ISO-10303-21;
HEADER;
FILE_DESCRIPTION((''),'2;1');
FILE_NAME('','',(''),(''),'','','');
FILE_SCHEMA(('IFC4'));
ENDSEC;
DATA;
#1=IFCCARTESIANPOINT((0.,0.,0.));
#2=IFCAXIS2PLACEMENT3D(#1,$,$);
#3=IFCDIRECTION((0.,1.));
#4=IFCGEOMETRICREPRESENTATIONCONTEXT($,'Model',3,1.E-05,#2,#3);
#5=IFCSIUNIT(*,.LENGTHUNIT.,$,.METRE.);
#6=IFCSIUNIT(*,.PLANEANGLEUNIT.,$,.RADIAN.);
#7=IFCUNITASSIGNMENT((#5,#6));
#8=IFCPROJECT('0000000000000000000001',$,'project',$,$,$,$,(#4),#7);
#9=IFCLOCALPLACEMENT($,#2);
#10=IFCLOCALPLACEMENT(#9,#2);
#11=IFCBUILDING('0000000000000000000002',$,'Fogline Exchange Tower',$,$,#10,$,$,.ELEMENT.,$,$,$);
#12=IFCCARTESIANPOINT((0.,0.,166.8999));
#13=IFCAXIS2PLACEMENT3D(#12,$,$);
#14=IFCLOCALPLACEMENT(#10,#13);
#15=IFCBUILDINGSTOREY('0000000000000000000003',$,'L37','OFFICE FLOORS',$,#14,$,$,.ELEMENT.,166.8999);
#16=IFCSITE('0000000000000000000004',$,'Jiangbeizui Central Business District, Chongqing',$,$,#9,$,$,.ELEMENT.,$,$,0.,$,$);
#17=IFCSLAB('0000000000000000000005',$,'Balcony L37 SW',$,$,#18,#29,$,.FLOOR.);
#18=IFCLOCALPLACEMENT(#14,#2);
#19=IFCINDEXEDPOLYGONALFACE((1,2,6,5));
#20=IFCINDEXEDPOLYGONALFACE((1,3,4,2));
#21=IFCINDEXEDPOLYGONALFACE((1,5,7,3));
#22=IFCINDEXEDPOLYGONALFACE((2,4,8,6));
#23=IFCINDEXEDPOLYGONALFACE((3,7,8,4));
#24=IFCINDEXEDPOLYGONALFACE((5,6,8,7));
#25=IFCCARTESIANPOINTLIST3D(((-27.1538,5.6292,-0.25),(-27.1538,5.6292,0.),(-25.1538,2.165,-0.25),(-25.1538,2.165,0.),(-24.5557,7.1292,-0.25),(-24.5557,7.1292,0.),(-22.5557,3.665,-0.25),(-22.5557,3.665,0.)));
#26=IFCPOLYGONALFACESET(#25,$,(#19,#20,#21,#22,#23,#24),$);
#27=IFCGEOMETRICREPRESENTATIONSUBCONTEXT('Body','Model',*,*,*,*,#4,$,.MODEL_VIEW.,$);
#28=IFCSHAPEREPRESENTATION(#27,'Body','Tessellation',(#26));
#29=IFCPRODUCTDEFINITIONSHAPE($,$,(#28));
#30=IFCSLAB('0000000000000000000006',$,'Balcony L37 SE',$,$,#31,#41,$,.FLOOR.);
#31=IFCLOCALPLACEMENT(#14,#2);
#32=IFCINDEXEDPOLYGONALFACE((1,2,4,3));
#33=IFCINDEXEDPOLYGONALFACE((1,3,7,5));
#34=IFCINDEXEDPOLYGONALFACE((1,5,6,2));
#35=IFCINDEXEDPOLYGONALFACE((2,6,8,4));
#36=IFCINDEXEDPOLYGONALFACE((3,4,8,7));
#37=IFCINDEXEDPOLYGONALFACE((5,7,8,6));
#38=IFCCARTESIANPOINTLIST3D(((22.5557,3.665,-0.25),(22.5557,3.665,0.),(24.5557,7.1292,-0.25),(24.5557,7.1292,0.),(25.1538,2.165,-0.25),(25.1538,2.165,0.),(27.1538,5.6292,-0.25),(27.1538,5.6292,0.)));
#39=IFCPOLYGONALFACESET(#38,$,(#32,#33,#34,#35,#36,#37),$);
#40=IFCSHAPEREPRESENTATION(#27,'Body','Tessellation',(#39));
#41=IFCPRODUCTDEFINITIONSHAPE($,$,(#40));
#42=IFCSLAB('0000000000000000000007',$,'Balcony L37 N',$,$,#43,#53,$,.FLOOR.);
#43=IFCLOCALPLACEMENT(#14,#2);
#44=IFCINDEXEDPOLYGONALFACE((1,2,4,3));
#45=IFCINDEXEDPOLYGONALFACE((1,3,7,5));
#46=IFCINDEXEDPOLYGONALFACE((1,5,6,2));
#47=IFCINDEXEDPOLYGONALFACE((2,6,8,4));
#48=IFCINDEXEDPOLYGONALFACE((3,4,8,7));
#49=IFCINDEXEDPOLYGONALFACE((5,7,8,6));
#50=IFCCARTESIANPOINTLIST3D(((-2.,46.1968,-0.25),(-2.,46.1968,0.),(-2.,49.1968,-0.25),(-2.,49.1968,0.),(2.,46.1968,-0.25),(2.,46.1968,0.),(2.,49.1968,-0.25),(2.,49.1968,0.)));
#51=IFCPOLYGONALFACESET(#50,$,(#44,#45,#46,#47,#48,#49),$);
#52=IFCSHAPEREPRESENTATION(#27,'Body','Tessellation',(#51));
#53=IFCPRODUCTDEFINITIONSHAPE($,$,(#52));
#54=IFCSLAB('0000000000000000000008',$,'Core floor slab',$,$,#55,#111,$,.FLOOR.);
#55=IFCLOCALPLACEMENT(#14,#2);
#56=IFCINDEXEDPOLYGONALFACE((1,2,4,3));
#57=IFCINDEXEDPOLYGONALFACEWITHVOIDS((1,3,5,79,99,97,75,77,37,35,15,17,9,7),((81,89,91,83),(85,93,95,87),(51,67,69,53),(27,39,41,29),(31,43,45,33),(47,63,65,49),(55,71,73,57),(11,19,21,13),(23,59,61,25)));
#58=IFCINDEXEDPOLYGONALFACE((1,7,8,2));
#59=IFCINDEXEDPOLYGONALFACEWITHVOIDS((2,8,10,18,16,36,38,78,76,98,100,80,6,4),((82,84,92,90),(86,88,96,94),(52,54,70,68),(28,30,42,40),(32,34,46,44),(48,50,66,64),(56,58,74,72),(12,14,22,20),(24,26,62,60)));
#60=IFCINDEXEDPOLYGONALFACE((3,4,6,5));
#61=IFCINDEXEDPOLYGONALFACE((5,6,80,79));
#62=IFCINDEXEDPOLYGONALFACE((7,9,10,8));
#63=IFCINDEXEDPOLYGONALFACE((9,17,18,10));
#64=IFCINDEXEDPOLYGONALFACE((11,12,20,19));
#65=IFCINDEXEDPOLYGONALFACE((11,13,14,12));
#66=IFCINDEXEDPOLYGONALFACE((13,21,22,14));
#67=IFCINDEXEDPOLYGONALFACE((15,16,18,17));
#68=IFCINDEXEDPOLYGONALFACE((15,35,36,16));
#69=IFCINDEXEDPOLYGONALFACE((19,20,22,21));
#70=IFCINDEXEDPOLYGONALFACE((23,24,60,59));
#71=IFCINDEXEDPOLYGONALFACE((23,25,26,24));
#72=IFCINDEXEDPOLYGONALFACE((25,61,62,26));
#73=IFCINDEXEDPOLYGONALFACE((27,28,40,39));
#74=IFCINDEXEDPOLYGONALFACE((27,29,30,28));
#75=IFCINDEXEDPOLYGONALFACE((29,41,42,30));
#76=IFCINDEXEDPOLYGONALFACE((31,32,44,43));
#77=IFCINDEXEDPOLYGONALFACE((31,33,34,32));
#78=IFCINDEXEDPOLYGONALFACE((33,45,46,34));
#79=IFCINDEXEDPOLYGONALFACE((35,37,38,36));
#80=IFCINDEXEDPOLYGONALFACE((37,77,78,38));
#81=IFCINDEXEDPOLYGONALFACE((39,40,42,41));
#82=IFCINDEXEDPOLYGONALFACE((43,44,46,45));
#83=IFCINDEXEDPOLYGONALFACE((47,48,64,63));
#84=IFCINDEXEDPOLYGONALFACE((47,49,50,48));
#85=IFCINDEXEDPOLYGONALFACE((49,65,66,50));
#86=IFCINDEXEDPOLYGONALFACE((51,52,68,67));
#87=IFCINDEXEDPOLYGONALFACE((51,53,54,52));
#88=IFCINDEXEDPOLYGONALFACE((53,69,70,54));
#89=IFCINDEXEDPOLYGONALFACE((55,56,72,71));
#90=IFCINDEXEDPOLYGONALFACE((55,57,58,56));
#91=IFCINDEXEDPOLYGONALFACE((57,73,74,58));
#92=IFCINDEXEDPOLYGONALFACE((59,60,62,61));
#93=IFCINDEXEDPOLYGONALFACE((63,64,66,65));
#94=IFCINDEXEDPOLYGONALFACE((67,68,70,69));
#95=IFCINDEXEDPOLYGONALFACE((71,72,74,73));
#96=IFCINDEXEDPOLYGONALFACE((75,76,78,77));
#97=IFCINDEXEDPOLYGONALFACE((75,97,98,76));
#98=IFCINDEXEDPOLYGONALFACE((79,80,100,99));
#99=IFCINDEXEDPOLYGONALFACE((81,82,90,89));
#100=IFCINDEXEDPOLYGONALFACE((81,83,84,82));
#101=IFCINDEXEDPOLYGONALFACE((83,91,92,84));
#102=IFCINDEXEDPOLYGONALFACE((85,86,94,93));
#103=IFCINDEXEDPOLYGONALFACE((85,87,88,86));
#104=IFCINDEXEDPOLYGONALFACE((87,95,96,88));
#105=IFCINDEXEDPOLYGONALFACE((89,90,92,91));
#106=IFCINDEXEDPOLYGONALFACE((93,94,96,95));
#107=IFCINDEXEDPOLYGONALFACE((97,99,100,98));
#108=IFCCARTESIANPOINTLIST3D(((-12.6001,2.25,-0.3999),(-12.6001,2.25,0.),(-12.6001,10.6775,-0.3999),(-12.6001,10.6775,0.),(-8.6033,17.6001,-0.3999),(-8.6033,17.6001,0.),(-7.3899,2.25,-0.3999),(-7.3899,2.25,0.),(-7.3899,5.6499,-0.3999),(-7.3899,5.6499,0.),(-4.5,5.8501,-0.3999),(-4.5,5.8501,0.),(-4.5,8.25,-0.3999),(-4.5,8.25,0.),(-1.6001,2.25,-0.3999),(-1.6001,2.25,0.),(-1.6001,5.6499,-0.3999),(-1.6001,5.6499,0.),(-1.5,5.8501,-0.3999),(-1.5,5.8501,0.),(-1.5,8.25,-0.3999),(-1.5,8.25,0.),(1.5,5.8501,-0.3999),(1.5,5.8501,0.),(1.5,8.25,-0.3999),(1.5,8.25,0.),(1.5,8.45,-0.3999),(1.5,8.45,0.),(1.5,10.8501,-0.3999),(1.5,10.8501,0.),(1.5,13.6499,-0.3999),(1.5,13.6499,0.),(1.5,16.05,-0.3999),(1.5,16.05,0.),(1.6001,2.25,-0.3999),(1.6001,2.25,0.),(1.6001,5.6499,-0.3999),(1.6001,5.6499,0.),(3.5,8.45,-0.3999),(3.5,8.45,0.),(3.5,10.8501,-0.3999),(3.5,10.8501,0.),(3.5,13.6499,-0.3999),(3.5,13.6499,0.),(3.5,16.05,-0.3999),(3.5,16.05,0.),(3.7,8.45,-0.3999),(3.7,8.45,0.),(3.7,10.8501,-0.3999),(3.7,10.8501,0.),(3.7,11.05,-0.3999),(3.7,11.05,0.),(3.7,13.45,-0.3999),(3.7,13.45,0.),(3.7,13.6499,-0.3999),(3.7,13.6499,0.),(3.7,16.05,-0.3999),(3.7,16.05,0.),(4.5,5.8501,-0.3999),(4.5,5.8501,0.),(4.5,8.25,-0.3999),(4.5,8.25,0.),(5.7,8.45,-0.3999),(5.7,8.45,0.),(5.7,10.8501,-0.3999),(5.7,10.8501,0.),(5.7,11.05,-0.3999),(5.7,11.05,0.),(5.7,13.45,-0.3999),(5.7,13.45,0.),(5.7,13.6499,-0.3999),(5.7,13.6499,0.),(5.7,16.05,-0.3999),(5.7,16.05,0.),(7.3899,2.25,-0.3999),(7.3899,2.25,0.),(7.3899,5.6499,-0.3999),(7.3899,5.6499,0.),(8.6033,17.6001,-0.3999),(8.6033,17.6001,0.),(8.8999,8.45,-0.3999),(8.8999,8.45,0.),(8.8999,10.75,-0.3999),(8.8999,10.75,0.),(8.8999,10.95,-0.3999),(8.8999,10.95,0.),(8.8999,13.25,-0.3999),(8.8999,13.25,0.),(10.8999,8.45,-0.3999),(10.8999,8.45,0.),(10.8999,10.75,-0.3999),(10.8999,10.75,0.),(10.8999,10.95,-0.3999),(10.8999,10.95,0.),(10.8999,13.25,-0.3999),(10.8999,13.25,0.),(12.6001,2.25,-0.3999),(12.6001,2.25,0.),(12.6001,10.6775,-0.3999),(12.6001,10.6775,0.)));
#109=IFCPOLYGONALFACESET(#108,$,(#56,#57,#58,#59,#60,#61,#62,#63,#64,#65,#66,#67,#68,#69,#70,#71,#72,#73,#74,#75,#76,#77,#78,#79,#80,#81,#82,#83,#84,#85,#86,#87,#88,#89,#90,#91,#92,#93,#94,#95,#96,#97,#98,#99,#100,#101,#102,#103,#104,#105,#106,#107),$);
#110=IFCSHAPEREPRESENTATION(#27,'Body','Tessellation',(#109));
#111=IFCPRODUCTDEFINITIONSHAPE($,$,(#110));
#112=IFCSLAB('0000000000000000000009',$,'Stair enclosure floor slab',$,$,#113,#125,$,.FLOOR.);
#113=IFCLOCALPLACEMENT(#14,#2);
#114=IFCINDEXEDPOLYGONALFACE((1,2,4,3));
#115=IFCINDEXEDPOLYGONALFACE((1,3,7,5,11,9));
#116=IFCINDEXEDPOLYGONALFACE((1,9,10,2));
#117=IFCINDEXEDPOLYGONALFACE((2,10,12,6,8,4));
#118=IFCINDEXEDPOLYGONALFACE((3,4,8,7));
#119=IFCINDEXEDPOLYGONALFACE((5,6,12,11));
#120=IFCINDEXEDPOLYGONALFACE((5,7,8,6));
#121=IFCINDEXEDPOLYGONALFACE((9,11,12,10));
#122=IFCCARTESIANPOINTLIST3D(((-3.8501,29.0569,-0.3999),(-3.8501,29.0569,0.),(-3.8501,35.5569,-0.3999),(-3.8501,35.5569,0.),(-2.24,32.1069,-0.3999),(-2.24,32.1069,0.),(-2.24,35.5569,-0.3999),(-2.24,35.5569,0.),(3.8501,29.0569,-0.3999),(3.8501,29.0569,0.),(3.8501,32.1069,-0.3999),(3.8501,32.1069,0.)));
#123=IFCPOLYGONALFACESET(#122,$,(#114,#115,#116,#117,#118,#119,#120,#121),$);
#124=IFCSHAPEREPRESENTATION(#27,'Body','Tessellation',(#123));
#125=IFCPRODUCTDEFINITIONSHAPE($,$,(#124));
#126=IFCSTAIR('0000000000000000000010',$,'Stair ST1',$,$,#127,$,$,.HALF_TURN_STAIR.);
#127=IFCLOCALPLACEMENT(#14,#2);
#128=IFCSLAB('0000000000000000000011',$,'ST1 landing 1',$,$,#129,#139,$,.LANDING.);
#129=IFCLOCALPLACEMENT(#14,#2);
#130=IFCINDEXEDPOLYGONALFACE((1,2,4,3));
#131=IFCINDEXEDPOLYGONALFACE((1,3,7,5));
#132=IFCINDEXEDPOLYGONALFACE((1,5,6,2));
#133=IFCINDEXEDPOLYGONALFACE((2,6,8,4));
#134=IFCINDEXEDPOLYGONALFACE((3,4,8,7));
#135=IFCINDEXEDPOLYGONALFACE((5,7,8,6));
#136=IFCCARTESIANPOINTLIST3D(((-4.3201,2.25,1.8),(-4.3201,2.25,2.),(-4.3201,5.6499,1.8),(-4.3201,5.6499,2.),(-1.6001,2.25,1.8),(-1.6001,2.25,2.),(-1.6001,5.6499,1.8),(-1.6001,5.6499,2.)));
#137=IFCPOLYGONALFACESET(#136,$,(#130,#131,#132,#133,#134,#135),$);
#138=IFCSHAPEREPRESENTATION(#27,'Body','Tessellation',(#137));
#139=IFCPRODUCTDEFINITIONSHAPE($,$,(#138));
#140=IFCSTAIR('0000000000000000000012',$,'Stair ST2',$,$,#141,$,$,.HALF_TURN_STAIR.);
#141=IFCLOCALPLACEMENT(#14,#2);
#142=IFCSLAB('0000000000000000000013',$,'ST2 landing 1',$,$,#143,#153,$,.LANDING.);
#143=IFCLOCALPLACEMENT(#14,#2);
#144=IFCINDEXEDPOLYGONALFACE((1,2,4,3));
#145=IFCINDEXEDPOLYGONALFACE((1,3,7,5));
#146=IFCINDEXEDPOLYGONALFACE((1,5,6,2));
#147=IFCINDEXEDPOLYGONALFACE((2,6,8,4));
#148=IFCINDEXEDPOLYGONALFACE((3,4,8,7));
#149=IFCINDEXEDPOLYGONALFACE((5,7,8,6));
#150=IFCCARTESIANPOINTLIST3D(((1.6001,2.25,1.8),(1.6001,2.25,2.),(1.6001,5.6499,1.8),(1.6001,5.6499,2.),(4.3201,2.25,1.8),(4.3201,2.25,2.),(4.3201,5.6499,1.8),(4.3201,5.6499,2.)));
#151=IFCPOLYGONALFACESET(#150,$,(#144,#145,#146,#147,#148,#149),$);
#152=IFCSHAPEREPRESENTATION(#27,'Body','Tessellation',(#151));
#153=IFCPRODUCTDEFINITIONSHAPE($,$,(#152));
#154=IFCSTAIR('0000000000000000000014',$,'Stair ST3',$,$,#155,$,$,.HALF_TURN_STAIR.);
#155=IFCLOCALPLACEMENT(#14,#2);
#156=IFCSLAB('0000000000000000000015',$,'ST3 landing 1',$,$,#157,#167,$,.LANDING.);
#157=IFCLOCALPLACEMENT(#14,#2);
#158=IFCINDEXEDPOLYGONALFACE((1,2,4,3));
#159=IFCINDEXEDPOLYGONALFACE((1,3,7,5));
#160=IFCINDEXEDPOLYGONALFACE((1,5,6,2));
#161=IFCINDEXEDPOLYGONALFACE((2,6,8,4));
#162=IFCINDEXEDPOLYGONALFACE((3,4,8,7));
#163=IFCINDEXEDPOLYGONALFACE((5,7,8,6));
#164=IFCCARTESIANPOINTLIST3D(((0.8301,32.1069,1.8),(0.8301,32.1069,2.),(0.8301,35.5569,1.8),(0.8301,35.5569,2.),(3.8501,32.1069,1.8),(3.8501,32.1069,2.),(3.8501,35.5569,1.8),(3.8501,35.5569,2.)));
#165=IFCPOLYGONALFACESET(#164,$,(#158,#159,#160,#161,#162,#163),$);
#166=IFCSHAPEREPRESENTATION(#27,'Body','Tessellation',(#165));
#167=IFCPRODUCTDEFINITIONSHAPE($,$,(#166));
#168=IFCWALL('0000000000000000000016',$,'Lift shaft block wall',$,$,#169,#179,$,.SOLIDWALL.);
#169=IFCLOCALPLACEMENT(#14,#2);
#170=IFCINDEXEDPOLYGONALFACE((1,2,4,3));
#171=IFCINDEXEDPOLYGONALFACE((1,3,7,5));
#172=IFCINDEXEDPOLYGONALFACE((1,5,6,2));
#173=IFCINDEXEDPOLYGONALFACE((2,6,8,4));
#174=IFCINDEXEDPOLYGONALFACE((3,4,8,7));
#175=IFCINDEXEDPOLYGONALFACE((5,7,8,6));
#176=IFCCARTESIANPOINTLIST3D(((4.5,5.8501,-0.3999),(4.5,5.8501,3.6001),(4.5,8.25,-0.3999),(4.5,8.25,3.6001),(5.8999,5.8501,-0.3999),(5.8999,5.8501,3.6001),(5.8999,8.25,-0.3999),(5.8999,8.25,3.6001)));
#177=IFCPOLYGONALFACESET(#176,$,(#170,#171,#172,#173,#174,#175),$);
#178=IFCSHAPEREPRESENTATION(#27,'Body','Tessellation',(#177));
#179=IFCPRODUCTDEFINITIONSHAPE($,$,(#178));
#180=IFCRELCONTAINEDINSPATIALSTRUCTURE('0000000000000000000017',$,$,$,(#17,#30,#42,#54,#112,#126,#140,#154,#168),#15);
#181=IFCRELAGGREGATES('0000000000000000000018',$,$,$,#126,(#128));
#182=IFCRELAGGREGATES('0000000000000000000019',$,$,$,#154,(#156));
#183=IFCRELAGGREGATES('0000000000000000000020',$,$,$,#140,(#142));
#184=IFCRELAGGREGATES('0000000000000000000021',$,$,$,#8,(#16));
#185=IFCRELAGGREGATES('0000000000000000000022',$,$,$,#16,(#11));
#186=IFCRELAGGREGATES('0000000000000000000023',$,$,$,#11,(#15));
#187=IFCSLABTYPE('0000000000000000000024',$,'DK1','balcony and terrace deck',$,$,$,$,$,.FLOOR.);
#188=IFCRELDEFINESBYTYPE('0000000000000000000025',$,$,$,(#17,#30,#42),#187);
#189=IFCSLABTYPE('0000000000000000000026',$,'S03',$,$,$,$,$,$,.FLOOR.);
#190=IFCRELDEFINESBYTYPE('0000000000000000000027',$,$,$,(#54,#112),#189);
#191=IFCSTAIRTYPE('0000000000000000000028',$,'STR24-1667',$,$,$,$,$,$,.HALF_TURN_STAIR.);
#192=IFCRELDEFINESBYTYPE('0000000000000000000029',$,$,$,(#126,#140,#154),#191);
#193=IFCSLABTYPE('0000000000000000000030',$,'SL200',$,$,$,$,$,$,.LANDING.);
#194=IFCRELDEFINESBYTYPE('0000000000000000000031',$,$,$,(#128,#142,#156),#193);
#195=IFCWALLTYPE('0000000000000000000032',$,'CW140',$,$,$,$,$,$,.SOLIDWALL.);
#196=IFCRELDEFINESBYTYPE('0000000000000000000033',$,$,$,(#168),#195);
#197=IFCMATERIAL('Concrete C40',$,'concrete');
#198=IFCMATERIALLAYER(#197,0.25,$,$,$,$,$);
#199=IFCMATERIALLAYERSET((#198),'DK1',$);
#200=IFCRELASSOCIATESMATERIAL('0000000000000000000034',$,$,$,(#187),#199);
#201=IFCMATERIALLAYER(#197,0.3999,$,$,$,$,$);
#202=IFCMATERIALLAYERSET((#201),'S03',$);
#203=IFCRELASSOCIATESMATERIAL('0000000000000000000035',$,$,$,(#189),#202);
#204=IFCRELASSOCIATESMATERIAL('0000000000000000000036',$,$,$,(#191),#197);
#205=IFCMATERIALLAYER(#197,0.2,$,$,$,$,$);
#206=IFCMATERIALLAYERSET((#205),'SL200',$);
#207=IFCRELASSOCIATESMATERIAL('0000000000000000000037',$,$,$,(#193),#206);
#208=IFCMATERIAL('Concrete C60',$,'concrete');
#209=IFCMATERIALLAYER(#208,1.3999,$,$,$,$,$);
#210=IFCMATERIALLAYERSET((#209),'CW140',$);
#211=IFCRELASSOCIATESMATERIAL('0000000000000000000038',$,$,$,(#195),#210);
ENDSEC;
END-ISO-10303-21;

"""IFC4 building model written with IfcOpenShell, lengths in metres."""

from ifc_helpers import new_model, si_unit, direction, frame, frame_2d, origin, place, context, subcontext, project, spatial, polyline, rectangle, outline, extrude, material, layer, layer_set, type_object, element, aggregate, save


model = new_model("IFC4")

# Units and contexts
model_context = context("Model", 3, precision=1e-05, world=origin(), true_north=direction((0.0, 1.0)))
body_context = subcontext(model_context, "Body", "Model", "MODEL_VIEW")
ifc_project = project(units=[si_unit("LENGTHUNIT", "METRE"), si_unit("PLANEANGLEUNIT", "RADIAN")], contexts=[model_context])

# Site, building, storey
site_placement = place(None, origin())
site = spatial("IfcSite", under=ifc_project, at=site_placement, Name="Jiangbeizui Central Business District, Chongqing", CompositionType="ELEMENT", RefElevation=0.0)
building_placement = place(site_placement, origin())
building = spatial("IfcBuilding", under=site, at=building_placement, Name="Fogline Exchange Tower", CompositionType="ELEMENT")
storey_placement = place(building_placement, frame((0.0, 0.0, 166.8999)))
storey = spatial("IfcBuildingStorey", under=building, at=storey_placement, Name="L37", Description="OFFICE FLOORS", CompositionType="ELEMENT", Elevation=166.8999)

# Slabs
ifc_material_1 = material(Name="Concrete C40", Category="concrete")
ifc_layer_1 = layer(ifc_material_1, 0.25)
ifc_layer_set_1 = layer_set([ifc_layer_1], Name="DK1")
slab_type_1 = type_object("IfcSlabType", Name="DK1", Description="balcony and terrace deck", PredefinedType="FLOOR", material=ifc_layer_set_1)
slab_1_placement = place(storey_placement, frame((0.0, 0.0, -0.25)))
element("IfcSlab", 1, at=slab_1_placement, inside=storey, type_object=slab_type_1, Name="Balcony L37 SW", PredefinedType="FLOOR", context=body_context, shape_type="SweptSolid", body=[
    extrude(outline(polyline([(-27.1538, 5.6292), (-25.1538, 2.165), (-22.5557, 3.665), (-24.5557, 7.1292), (-27.1538, 5.6292)])), origin(), (0.0, 0.0, 1.0), 0.25),
])
slab_2_placement = place(storey_placement, frame((0.0, 0.0, -0.25)))
element("IfcSlab", 2, at=slab_2_placement, inside=storey, type_object=slab_type_1, Name="Balcony L37 SE", PredefinedType="FLOOR", context=body_context, shape_type="SweptSolid", body=[
    extrude(outline(polyline([(25.1538, 2.165), (27.1538, 5.6292), (24.5557, 7.1292), (22.5557, 3.665), (25.1538, 2.165)])), origin(), (0.0, 0.0, 1.0), 0.25),
])
slab_3_placement = place(storey_placement, frame((0.0, 0.0, -0.25)))
element("IfcSlab", 3, at=slab_3_placement, inside=storey, type_object=slab_type_1, Name="Balcony L37 N", PredefinedType="FLOOR", context=body_context, shape_type="SweptSolid", body=[
    extrude(outline(polyline([(2.0, 49.1968), (-2.0, 49.1968), (-2.0, 46.1968), (2.0, 46.1968), (2.0, 49.1968)])), origin(), (0.0, 0.0, 1.0), 0.25),
])
ifc_layer_2 = layer(ifc_material_1, 0.3999)
ifc_layer_set_2 = layer_set([ifc_layer_2], Name="S03")
slab_type_2 = type_object("IfcSlabType", Name="S03", PredefinedType="FLOOR", material=ifc_layer_set_2)
slab_4_placement = place(storey_placement, frame((0.0, 0.0, -0.3999)))
element("IfcSlab", 4, at=slab_4_placement, inside=storey, type_object=slab_type_2, Name="Core floor slab", PredefinedType="FLOOR", context=body_context, shape_type="SweptSolid", body=[
    extrude(outline(polyline([(-12.6001, 2.25), (-12.6001, 10.6775), (-8.6033, 17.6001), (8.6033, 17.6001), (12.6001, 10.6775), (12.6001, 2.25), (7.3899, 2.25), (7.3899, 5.6499), (1.6001, 5.6499), (1.6001, 2.25), (-1.6001, 2.25), (-1.6001, 5.6499), (-7.3899, 5.6499), (-7.3899, 2.25), (-12.6001, 2.25)]), holes=[polyline([(-4.5, 8.25), (-4.5, 5.8501), (-1.5, 5.8501), (-1.5, 8.25), (-4.5, 8.25)]), polyline([(4.5, 8.25), (1.5, 8.25), (1.5, 5.8501), (4.5, 5.8501), (4.5, 8.25)]), polyline([(3.5, 10.8501), (1.5, 10.8501), (1.5, 8.45), (3.5, 8.45), (3.5, 10.8501)]), polyline([(1.5, 16.05), (1.5, 13.6499), (3.5, 13.6499), (3.5, 16.05), (1.5, 16.05)]), polyline([(10.8999, 10.75), (8.8999, 10.75), (8.8999, 8.45), (10.8999, 8.45), (10.8999, 10.75)]), polyline([(5.7, 10.8501), (3.7, 10.8501), (3.7, 8.45), (5.7, 8.45), (5.7, 10.8501)]), polyline([(8.8999, 13.25), (8.8999, 10.95), (10.8999, 10.95), (10.8999, 13.25), (8.8999, 13.25)]), polyline([(5.7, 13.45), (3.7, 13.45), (3.7, 11.05), (5.7, 11.05), (5.7, 13.45)]), polyline([(5.7, 16.05), (3.7, 16.05), (3.7, 13.6499), (5.7, 13.6499), (5.7, 16.05)])]), origin(), (0.0, 0.0, 1.0), 0.3999),
])
slab_5_placement = place(storey_placement, frame((0.0, 0.0, -0.3999)))
element("IfcSlab", 5, at=slab_5_placement, inside=storey, type_object=slab_type_2, Name="Stair enclosure floor slab", PredefinedType="FLOOR", context=body_context, shape_type="SweptSolid", body=[
    extrude(outline(polyline([(3.8501, 29.0569), (-3.8501, 29.0569), (-3.8501, 35.5569), (-2.24, 35.5569), (-2.24, 32.1069), (3.8501, 32.1069), (3.8501, 29.0569)])), origin(), (0.0, 0.0, 1.0), 0.3999),
])

# Stairs, slabs
stair_type = type_object("IfcStairType", Name="STR24-1667", PredefinedType="HALF_TURN_STAIR", material=ifc_material_1)
stair_1_placement = place(storey_placement, origin())
stair_1 = element("IfcStair", 6, at=stair_1_placement, inside=storey, type_object=stair_type, Name="Stair ST1", PredefinedType="HALF_TURN_STAIR")
ifc_layer_3 = layer(ifc_material_1, 0.2)
ifc_layer_set_3 = layer_set([ifc_layer_3], Name="SL200")
slab_type_3 = type_object("IfcSlabType", Name="SL200", PredefinedType="LANDING", material=ifc_layer_set_3)
slab_6_placement = place(storey_placement, frame((0.0, 0.0, 1.8)))
slab_6 = element("IfcSlab", 7, at=slab_6_placement, type_object=slab_type_3, Name="ST1 landing 1", PredefinedType="LANDING", context=body_context, shape_type="SweptSolid", body=[
    extrude(outline(polyline([(-4.3201, 2.25), (-1.6001, 2.25), (-1.6001, 5.6499), (-4.3201, 5.6499), (-4.3201, 2.25)])), origin(), (0.0, 0.0, 1.0), 0.2),
])
aggregate(stair_1, [slab_6])
stair_2_placement = place(storey_placement, origin())
stair_2 = element("IfcStair", 8, at=stair_2_placement, inside=storey, type_object=stair_type, Name="Stair ST2", PredefinedType="HALF_TURN_STAIR")
slab_7_placement = place(storey_placement, frame((0.0, 0.0, 1.8)))
slab_7 = element("IfcSlab", 9, at=slab_7_placement, type_object=slab_type_3, Name="ST2 landing 1", PredefinedType="LANDING", context=body_context, shape_type="SweptSolid", body=[
    extrude(outline(polyline([(1.6001, 2.25), (4.3201, 2.25), (4.3201, 5.6499), (1.6001, 5.6499), (1.6001, 2.25)])), origin(), (0.0, 0.0, 1.0), 0.2),
])
stair_3_placement = place(storey_placement, origin())
stair_3 = element("IfcStair", 10, at=stair_3_placement, inside=storey, type_object=stair_type, Name="Stair ST3", PredefinedType="HALF_TURN_STAIR")
slab_8_placement = place(storey_placement, frame((0.0, 0.0, 1.8)))
slab_8 = element("IfcSlab", 11, at=slab_8_placement, type_object=slab_type_3, Name="ST3 landing 1", PredefinedType="LANDING", context=body_context, shape_type="SweptSolid", body=[
    extrude(outline(polyline([(0.8301, 32.1069), (3.8501, 32.1069), (3.8501, 35.5569), (0.8301, 35.5569), (0.8301, 32.1069)])), origin(), (0.0, 0.0, 1.0), 0.2),
])
aggregate(stair_3, [slab_8])

# Wall
ifc_material_2 = material(Name="Concrete C60", Category="concrete")
ifc_layer_4 = layer(ifc_material_2, 1.3999)
ifc_layer_set_4 = layer_set([ifc_layer_4], Name="CW140")
wall_type_1 = type_object("IfcWallType", Name="CW140", PredefinedType="SOLIDWALL", material=ifc_layer_set_4)
wall_1_placement = place(storey_placement, frame((5.2, 5.8501, -0.3999), z_axis=(0.0, 0.0, 1.0), x_axis=(0.0, 1.0, 0.0)))
element("IfcWall", 12, at=wall_1_placement, inside=storey, type_object=wall_type_1, Name="Lift shaft block wall", PredefinedType="SOLIDWALL", context=body_context, shape_type="SweptSolid", body=[
    extrude(rectangle(XDim=2.3999, YDim=1.3999, at=frame_2d((1.2, 0.0))), origin(), (0.0, 0.0, 1.0), 4.0),
])

aggregate(stair_2, [slab_7])

save(model, "model.ifc")
